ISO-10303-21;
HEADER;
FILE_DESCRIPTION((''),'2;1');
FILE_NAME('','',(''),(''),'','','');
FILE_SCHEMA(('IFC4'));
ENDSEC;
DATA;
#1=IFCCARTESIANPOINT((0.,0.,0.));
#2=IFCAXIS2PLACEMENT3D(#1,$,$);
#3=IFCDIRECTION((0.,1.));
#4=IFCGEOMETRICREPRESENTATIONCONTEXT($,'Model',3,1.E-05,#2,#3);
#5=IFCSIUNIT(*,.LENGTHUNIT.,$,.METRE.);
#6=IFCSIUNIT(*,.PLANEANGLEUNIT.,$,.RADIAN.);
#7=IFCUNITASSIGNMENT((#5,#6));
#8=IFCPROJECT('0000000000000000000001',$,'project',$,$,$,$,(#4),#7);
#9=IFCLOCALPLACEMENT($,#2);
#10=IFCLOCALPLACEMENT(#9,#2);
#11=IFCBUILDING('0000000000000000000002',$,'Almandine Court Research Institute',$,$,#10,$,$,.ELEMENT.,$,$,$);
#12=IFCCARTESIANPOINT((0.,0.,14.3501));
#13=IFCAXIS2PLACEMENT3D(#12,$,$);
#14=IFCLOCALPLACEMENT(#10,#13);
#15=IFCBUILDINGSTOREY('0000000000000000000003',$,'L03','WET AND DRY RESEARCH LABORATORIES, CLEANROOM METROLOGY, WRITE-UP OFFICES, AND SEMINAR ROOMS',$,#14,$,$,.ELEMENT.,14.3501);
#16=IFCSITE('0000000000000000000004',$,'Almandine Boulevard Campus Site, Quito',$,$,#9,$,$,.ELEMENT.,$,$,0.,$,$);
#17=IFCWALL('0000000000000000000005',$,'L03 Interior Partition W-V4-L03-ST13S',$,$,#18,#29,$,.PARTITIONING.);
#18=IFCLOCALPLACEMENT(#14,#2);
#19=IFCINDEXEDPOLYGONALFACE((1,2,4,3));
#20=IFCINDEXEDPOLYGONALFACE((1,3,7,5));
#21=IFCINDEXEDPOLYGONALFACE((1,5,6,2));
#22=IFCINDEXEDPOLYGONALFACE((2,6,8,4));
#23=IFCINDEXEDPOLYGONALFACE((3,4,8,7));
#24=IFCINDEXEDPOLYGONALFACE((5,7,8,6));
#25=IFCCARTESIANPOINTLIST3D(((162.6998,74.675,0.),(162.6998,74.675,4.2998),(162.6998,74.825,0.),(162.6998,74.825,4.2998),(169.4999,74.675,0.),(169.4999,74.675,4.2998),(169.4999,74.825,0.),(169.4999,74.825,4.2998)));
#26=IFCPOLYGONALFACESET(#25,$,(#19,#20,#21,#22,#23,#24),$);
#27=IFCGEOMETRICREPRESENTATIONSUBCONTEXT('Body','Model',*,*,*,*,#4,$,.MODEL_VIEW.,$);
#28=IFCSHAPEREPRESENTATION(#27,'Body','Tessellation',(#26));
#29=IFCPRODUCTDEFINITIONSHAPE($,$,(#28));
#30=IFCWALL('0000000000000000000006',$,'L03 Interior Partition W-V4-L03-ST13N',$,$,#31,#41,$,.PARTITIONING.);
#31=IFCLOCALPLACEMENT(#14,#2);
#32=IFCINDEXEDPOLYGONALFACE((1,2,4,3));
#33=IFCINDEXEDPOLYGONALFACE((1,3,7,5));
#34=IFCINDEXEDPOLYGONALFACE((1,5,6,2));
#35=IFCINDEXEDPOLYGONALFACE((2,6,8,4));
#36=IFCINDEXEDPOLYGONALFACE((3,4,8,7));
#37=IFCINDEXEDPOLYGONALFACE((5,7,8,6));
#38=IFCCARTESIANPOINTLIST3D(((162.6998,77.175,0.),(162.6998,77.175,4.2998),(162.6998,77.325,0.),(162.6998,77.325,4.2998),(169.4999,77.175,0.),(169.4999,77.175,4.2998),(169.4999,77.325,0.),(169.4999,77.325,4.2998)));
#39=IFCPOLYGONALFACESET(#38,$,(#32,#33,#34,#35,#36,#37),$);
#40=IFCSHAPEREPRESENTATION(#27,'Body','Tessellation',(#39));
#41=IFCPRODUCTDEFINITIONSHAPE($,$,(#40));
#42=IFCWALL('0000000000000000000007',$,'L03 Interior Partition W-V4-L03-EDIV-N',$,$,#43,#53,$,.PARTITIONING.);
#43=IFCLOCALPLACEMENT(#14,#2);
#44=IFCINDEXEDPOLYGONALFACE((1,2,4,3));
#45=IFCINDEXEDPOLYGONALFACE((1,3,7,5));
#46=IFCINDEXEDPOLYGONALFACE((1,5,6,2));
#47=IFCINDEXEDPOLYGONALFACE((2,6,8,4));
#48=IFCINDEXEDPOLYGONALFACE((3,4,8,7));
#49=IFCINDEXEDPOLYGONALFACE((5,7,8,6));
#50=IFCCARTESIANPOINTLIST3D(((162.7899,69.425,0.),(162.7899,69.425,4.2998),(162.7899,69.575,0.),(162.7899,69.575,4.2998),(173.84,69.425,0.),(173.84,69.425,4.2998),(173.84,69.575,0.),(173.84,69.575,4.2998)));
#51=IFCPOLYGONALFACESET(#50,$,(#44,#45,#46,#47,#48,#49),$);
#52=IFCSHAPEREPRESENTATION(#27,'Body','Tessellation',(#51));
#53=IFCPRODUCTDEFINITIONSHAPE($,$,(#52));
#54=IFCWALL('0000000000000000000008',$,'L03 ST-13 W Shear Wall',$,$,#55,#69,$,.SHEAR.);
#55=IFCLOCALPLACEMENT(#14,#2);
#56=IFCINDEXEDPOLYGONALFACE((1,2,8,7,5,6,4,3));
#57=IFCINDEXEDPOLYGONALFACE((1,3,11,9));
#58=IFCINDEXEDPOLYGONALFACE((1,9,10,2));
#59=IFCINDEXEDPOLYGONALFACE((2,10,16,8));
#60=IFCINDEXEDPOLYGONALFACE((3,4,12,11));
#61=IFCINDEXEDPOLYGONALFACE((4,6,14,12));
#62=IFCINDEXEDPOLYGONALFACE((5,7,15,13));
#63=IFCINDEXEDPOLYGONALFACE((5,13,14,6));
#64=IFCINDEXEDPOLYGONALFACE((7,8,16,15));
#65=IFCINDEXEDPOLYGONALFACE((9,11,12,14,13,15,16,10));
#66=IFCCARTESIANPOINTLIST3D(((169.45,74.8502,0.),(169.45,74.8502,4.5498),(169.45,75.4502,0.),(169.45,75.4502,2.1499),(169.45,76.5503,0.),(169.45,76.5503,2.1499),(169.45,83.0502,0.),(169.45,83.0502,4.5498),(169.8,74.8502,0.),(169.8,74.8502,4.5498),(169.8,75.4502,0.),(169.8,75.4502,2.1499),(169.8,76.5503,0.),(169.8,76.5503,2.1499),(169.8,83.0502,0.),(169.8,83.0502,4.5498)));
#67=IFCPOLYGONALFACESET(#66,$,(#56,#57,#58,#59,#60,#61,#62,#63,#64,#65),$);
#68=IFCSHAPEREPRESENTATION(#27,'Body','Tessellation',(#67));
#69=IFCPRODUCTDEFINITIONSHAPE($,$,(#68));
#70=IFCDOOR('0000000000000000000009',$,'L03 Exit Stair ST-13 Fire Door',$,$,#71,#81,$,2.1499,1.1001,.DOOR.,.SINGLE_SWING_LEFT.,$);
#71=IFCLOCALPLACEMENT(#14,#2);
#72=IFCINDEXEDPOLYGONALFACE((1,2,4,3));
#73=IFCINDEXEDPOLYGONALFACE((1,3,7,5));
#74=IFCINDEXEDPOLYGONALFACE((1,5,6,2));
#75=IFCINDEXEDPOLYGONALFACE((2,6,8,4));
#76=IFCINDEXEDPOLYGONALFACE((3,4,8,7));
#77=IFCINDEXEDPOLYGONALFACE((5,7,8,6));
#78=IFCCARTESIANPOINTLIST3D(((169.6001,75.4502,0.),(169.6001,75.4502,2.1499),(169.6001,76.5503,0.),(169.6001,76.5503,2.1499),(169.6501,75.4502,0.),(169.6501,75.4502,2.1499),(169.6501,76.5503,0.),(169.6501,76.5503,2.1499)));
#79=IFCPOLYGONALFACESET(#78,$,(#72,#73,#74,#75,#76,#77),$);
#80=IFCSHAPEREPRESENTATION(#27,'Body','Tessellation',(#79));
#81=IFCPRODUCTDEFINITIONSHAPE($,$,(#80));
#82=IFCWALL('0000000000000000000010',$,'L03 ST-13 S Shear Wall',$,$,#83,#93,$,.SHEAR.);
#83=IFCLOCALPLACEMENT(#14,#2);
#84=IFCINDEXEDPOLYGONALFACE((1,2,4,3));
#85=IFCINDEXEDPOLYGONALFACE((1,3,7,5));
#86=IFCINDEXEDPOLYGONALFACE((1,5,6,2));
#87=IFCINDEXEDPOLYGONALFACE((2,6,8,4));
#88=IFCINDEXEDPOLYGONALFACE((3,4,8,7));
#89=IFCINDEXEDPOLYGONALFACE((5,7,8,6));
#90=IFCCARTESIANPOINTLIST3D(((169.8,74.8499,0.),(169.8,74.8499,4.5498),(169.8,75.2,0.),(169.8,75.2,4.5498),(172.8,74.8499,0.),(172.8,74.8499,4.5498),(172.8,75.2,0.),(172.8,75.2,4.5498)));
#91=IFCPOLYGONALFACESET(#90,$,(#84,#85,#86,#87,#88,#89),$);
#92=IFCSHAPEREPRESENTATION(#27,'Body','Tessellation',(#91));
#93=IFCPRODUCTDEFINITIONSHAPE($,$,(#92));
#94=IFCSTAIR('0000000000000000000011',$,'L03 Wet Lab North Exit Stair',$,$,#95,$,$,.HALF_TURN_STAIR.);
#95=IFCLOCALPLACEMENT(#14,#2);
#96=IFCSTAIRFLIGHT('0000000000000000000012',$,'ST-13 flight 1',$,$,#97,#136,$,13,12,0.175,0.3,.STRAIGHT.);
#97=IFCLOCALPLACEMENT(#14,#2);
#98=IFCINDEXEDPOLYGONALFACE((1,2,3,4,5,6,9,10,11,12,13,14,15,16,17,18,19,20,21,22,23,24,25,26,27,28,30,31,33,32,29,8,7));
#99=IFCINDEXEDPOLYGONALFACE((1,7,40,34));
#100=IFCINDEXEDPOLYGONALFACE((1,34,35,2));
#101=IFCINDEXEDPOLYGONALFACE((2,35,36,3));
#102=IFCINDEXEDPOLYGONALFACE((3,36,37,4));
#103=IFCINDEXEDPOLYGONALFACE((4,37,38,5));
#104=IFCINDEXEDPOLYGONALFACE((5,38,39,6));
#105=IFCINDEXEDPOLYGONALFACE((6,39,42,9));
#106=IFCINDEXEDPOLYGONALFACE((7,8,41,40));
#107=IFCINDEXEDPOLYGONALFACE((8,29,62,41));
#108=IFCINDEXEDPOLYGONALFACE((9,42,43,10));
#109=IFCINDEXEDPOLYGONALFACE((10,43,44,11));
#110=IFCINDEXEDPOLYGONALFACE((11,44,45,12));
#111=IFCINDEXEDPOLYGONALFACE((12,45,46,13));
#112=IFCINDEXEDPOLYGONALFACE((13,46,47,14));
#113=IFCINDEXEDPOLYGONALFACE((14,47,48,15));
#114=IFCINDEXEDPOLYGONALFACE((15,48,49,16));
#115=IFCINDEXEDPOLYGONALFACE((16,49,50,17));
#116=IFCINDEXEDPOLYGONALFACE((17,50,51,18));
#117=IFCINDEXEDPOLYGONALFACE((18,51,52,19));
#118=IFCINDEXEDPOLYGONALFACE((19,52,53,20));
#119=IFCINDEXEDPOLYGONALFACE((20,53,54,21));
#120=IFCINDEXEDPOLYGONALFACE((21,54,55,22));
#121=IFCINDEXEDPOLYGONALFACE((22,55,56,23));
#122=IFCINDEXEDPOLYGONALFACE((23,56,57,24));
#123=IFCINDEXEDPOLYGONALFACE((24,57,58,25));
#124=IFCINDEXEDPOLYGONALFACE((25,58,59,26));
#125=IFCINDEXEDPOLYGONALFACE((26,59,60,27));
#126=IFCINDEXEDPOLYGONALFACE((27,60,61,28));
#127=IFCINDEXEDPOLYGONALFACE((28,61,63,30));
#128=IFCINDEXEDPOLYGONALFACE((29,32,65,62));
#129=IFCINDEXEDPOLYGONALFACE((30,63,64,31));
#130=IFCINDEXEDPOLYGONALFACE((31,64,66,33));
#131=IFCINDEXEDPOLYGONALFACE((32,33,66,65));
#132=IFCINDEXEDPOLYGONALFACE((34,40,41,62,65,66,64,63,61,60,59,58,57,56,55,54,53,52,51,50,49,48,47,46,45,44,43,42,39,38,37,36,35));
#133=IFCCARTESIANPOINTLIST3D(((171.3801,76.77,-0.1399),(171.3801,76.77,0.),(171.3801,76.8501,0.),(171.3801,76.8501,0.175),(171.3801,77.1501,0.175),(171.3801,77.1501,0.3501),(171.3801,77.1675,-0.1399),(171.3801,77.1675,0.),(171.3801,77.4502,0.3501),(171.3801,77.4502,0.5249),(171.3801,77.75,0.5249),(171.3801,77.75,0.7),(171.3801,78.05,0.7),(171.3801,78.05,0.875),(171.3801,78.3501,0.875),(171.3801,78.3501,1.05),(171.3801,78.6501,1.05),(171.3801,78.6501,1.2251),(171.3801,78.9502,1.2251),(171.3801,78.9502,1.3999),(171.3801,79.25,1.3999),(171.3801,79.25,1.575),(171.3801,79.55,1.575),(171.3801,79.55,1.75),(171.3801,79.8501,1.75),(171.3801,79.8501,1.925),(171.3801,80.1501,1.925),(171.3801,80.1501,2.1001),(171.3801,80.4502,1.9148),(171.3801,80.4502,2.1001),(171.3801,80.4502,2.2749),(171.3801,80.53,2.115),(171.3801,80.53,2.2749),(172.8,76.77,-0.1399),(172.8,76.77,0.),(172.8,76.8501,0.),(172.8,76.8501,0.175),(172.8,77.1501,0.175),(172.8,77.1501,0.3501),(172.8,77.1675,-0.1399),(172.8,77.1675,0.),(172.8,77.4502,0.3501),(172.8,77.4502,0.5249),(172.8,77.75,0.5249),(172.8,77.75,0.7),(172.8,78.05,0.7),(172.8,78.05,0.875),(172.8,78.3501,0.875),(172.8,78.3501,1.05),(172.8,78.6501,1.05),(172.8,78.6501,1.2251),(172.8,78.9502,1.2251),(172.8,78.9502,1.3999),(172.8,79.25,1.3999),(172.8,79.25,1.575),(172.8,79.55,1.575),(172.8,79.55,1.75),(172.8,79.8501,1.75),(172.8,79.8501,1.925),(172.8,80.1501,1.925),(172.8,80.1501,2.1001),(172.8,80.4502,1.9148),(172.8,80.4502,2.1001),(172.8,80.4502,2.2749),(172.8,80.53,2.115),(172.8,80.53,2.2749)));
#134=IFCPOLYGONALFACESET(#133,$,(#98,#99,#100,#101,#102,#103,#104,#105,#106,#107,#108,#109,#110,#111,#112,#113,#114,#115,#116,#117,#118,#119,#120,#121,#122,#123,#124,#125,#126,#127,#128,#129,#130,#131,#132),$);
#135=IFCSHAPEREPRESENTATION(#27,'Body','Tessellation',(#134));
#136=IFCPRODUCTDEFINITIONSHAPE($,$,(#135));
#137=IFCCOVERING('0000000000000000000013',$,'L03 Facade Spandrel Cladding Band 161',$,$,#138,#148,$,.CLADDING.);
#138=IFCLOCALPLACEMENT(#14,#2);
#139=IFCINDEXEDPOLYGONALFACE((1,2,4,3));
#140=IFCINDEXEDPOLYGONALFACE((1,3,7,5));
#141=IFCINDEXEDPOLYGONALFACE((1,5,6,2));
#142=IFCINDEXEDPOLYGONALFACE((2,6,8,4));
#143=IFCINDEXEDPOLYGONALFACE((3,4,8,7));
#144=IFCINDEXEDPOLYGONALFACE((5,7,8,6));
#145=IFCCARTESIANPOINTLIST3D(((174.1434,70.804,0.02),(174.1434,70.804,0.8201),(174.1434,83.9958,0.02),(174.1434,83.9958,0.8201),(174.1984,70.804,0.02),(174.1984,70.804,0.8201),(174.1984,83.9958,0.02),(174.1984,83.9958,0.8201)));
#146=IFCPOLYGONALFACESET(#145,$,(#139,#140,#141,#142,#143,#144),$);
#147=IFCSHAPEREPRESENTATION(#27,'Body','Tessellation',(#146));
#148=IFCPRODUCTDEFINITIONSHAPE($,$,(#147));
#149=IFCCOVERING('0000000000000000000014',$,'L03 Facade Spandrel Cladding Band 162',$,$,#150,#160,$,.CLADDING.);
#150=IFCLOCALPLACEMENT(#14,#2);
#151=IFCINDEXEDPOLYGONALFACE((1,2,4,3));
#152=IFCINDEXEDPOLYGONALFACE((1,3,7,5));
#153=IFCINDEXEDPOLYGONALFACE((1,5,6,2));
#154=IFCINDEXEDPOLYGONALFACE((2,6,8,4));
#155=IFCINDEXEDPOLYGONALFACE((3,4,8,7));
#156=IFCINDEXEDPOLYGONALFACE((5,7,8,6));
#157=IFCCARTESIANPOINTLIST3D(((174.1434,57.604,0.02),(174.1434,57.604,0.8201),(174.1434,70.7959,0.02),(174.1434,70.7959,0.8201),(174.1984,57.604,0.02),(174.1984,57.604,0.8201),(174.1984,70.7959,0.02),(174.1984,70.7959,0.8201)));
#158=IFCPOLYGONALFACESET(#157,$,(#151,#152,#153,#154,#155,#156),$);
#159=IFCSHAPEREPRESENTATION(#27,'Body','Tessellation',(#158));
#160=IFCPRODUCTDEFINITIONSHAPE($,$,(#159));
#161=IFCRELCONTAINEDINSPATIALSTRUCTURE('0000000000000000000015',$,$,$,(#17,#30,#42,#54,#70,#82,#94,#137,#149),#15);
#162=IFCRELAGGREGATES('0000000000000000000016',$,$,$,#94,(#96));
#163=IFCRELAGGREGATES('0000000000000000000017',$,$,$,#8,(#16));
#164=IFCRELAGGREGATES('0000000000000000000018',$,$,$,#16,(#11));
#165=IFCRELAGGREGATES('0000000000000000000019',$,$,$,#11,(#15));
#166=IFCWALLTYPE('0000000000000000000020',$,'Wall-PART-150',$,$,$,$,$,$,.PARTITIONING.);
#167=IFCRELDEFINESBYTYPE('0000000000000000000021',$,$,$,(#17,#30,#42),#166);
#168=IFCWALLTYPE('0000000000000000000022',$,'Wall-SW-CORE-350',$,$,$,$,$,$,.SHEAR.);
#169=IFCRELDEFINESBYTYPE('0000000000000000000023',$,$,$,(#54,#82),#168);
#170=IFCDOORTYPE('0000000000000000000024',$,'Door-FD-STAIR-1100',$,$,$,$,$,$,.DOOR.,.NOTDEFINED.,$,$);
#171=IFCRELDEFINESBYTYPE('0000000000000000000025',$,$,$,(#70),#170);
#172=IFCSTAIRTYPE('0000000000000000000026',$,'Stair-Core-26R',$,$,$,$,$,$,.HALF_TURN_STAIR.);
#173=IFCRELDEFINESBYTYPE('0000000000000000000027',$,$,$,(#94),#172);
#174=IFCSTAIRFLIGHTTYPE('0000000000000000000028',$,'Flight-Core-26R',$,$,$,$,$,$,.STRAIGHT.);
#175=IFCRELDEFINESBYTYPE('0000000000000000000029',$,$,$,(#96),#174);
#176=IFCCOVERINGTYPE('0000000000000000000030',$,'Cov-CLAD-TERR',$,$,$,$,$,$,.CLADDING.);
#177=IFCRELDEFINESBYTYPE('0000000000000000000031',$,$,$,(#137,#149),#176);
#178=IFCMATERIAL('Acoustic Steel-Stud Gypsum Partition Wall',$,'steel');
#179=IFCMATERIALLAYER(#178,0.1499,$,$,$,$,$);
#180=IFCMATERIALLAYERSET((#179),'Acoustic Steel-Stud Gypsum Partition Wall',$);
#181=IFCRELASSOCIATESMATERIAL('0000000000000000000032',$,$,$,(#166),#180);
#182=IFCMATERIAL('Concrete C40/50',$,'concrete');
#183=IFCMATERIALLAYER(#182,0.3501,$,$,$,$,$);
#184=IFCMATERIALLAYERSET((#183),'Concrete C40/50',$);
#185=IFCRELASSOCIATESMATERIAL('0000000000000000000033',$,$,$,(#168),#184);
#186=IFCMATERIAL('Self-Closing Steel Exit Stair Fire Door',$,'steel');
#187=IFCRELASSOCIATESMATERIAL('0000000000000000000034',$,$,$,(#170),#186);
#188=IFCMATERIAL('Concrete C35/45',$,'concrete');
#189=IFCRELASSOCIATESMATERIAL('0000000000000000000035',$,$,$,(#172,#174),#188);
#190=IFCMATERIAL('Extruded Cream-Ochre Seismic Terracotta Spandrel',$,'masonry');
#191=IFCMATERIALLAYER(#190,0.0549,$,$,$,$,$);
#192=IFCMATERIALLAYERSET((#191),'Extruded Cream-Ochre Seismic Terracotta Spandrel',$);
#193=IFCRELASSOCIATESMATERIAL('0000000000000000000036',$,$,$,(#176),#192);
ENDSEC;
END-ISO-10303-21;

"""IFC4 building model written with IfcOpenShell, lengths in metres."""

from ifc_helpers import new_model, si_unit, direction, frame, frame_2d, origin, origin_2d, place, context, subcontext, project, spatial, polyline, rectangle, outline, extrude, material, layer, layer_set, type_object, element, fill, aggregate, save


model = new_model("IFC4")

# Units and contexts
model_context = context("Model", 3, precision=1e-05, world=origin(), true_north=direction((0.0, 1.0)))
body_context = subcontext(model_context, "Body", "Model", "MODEL_VIEW")
ifc_project = project(units=[si_unit("LENGTHUNIT", "METRE"), si_unit("PLANEANGLEUNIT", "RADIAN")], contexts=[model_context])

# Site, building, storey
site_placement = place(None, origin())
site = spatial("IfcSite", under=ifc_project, at=site_placement, Name="Almandine Boulevard Campus Site, Quito", CompositionType="ELEMENT", RefElevation=0.0)
building_placement = place(site_placement, origin())
building = spatial("IfcBuilding", under=site, at=building_placement, Name="Almandine Court Research Institute", CompositionType="ELEMENT")
storey_placement = place(building_placement, frame((0.0, 0.0, 14.3501)))
storey = spatial("IfcBuildingStorey", under=building, at=storey_placement, Name="L03", Description="WET AND DRY RESEARCH LABORATORIES, CLEANROOM METROLOGY, WRITE-UP OFFICES, AND SEMINAR ROOMS", CompositionType="ELEMENT", Elevation=14.3501)

# Shared definitions
ifc_material_1 = material(Name="Acoustic Steel-Stud Gypsum Partition Wall", Category="steel")
ifc_layer_1 = layer(ifc_material_1, 0.1499)
ifc_layer_set_1 = layer_set([ifc_layer_1], Name="Acoustic Steel-Stud Gypsum Partition Wall")
wall_type_1 = type_object("IfcWallType", Name="Wall-PART-150", PredefinedType="PARTITIONING", material=ifc_layer_set_1)

# Walls
for number, where, z_axis, x_axis, name in (
    (1, (162.7, 74.75, 0.0), (0.0, 0.0, 1.0), (1.0, 0.0, 0.0), "L03 Interior Partition W-V4-L03-ST13S"),
    (2, (162.7, 77.25, 0.0), (0.0, 0.0, 1.0), (1.0, 0.0, 0.0), "L03 Interior Partition W-V4-L03-ST13N"),
):
    element("IfcWall", number, at=place(storey_placement, frame(where, z_axis=z_axis, x_axis=x_axis)), inside=storey, type_object=wall_type_1, Name=name, PredefinedType="PARTITIONING", context=body_context, shape_type="SweptSolid", body=[
        extrude(rectangle(XDim=6.8, YDim=0.1499, at=frame_2d((3.3999, 0.0))), origin(), (0.0, 0.0, 1.0), 4.2998),
    ])
wall_1_placement = place(storey_placement, frame((162.79, 69.5, 0.0), z_axis=(0.0, 0.0, 1.0), x_axis=(1.0, 0.0, 0.0)))
element("IfcWall", 3, at=wall_1_placement, inside=storey, type_object=wall_type_1, Name="L03 Interior Partition W-V4-L03-EDIV-N", PredefinedType="PARTITIONING", context=body_context, shape_type="SweptSolid", body=[
    extrude(rectangle(XDim=11.05, YDim=0.1499, at=frame_2d((5.5249, 0.0))), origin(), (0.0, 0.0, 1.0), 4.2998),
])

# Wall, opening, door
ifc_material_2 = material(Name="Concrete C40/50", Category="concrete")
ifc_layer_2 = layer(ifc_material_2, 0.3501)
ifc_layer_set_2 = layer_set([ifc_layer_2], Name="Concrete C40/50")
wall_type_2 = type_object("IfcWallType", Name="Wall-SW-CORE-350", PredefinedType="SHEAR", material=ifc_layer_set_2)
wall_2_placement = place(storey_placement, frame((169.625, 74.8501, 0.0), z_axis=(0.0, 0.0, 1.0), x_axis=(0.0, 1.0, 0.0)))
wall_2 = element("IfcWall", 4, at=wall_2_placement, inside=storey, type_object=wall_type_2, Name="L03 ST-13 W Shear Wall", PredefinedType="SHEAR", context=body_context, shape_type="SweptSolid", body=[
    extrude(rectangle(XDim=8.2, YDim=0.3501, at=frame_2d((4.1001, 0.0))), origin(), (0.0, 0.0, 1.0), 4.5498),
])
opening_1_placement = place(wall_2_placement, frame((0.6001, 0.0, 0.0)))
opening_1 = element("IfcOpeningElement", 5, at=opening_1_placement, cuts=wall_2, PredefinedType="OPENING", context=body_context, shape_type="SweptSolid", body=[
    extrude(rectangle(XDim=1.1001, YDim=2.1499, at=frame_2d((0.55, 1.075))), frame((0.0, 0.1851, 0.0), z_axis=(0.0, -1.0, 0.0), x_axis=(1.0, 0.0, 0.0)), (0.0, 0.0, 1.0), 0.3701),
])
ifc_material_3 = material(Name="Self-Closing Steel Exit Stair Fire Door", Category="steel")
door_type_1 = type_object("IfcDoorType", Name="Door-FD-STAIR-1100", OperationType="NOTDEFINED", PredefinedType="DOOR", material=ifc_material_3)
door_1_placement = place(opening_1_placement, origin())
door_1 = element("IfcDoor", 6, at=door_1_placement, inside=storey, type_object=door_type_1, Name="L03 Exit Stair ST-13 Fire Door", OperationType="SINGLE_SWING_LEFT", OverallHeight=2.1499, OverallWidth=1.1001, PredefinedType="DOOR", context=body_context, shape_type="SweptSolid", body=[
    extrude(rectangle(XDim=1.1001, YDim=2.1499, at=frame_2d((0.55, 1.075))), frame((0.0, 0.0249, 0.0), z_axis=(0.0, -1.0, 0.0), x_axis=(1.0, 0.0, 0.0)), (0.0, 0.0, 1.0), 0.05),
])
fill(opening_1, door_1)

# Wall
wall_3_placement = place(storey_placement, frame((172.8, 75.0249, 0.0), z_axis=(0.0, 0.0, 1.0), x_axis=(-1.0, 0.0, 0.0)))
element("IfcWall", 7, at=wall_3_placement, inside=storey, type_object=wall_type_2, Name="L03 ST-13 S Shear Wall", PredefinedType="SHEAR", context=body_context, shape_type="SweptSolid", body=[
    extrude(rectangle(XDim=3.0, YDim=0.3501, at=frame_2d((1.5, 0.0))), origin(), (0.0, 0.0, 1.0), 4.5498),
])

# Stair, stair flight
ifc_material_4 = material(Name="Concrete C35/45", Category="concrete")
stair_type = type_object("IfcStairType", Name="Stair-Core-26R", PredefinedType="HALF_TURN_STAIR", material=ifc_material_4)
stair_placement = place(storey_placement, origin())
stair = element("IfcStair", 8, at=stair_placement, inside=storey, type_object=stair_type, Name="L03 Wet Lab North Exit Stair", PredefinedType="HALF_TURN_STAIR")
stair_flight_type = type_object("IfcStairFlightType", Name="Flight-Core-26R", PredefinedType="STRAIGHT", material=ifc_material_4)
stair_flight_placement = place(storey_placement, frame((172.0901, 76.8501, 0.0), z_axis=(0.0, 0.0, 1.0), x_axis=(0.0, 1.0, 0.0)))
stair_flight = element("IfcStairFlight", 9, at=stair_flight_placement, type_object=stair_flight_type, Name="ST-13 flight 1", NumberOfRisers=13, NumberOfTreads=12, PredefinedType="STRAIGHT", RiserHeight=0.175, TreadLength=0.3, context=body_context, shape_type="SweptSolid", body=[
    extrude(outline(polyline([(-0.0801, -0.1399), (-0.0801, 0.0), (0.0, 0.0), (0.0, 0.175), (0.3, 0.175), (0.3, 0.3501), (0.6001, 0.3501), (0.6001, 0.5249), (0.8999, 0.5249), (0.8999, 0.7), (1.2, 0.7), (1.2, 0.875), (1.5, 0.875), (1.5, 1.05), (1.8, 1.05), (1.8, 1.2251), (2.1001, 1.2251), (2.1001, 1.3999), (2.3999, 1.3999), (2.3999, 1.575), (2.7, 1.575), (2.7, 1.75), (3.0, 1.75), (3.0, 1.925), (3.3, 1.925), (3.3, 2.1001), (3.6001, 2.1001), (3.6001, 2.2749), (3.6799, 2.2749), (3.6799, 2.115), (3.6001, 1.9148), (0.3174, 0.0), (0.3174, -0.1399), (-0.0801, -0.1399)])), frame((0.0, 0.71, 0.0), z_axis=(0.0, -1.0, 0.0), x_axis=(1.0, 0.0, 0.0)), (0.0, 0.0, 1.0), 1.4199),
])
aggregate(stair, [stair_flight])

# Coverings
ifc_material_5 = material(Name="Extruded Cream-Ochre Seismic Terracotta Spandrel", Category="masonry")
ifc_layer_3 = layer(ifc_material_5, 0.0549)
ifc_layer_set_3 = layer_set([ifc_layer_3], Name="Extruded Cream-Ochre Seismic Terracotta Spandrel")
covering_type = type_object("IfcCoveringType", Name="Cov-CLAD-TERR", PredefinedType="CLADDING", material=ifc_layer_set_3)
for number, where, z_axis, x_axis, name in (
    (10, (174.1709, 77.3999, 0.02), (0.0, 0.0, 1.0), (0.0, -1.0, 0.0), "L03 Facade Spandrel Cladding Band 161"),
    (11, (174.1709, 64.2, 0.02), (0.0, 0.0, 1.0), (0.0, -1.0, 0.0), "L03 Facade Spandrel Cladding Band 162"),
):
    element("IfcCovering", number, at=place(storey_placement, frame(where, z_axis=z_axis, x_axis=x_axis)), inside=storey, type_object=covering_type, Name=name, PredefinedType="CLADDING", context=body_context, shape_type="SweptSolid", body=[
        extrude(rectangle(XDim=13.1919, YDim=0.0549, at=origin_2d()), origin(), (0.0, 0.0, 1.0), 0.8),
    ])

save(model, "model.ifc")
